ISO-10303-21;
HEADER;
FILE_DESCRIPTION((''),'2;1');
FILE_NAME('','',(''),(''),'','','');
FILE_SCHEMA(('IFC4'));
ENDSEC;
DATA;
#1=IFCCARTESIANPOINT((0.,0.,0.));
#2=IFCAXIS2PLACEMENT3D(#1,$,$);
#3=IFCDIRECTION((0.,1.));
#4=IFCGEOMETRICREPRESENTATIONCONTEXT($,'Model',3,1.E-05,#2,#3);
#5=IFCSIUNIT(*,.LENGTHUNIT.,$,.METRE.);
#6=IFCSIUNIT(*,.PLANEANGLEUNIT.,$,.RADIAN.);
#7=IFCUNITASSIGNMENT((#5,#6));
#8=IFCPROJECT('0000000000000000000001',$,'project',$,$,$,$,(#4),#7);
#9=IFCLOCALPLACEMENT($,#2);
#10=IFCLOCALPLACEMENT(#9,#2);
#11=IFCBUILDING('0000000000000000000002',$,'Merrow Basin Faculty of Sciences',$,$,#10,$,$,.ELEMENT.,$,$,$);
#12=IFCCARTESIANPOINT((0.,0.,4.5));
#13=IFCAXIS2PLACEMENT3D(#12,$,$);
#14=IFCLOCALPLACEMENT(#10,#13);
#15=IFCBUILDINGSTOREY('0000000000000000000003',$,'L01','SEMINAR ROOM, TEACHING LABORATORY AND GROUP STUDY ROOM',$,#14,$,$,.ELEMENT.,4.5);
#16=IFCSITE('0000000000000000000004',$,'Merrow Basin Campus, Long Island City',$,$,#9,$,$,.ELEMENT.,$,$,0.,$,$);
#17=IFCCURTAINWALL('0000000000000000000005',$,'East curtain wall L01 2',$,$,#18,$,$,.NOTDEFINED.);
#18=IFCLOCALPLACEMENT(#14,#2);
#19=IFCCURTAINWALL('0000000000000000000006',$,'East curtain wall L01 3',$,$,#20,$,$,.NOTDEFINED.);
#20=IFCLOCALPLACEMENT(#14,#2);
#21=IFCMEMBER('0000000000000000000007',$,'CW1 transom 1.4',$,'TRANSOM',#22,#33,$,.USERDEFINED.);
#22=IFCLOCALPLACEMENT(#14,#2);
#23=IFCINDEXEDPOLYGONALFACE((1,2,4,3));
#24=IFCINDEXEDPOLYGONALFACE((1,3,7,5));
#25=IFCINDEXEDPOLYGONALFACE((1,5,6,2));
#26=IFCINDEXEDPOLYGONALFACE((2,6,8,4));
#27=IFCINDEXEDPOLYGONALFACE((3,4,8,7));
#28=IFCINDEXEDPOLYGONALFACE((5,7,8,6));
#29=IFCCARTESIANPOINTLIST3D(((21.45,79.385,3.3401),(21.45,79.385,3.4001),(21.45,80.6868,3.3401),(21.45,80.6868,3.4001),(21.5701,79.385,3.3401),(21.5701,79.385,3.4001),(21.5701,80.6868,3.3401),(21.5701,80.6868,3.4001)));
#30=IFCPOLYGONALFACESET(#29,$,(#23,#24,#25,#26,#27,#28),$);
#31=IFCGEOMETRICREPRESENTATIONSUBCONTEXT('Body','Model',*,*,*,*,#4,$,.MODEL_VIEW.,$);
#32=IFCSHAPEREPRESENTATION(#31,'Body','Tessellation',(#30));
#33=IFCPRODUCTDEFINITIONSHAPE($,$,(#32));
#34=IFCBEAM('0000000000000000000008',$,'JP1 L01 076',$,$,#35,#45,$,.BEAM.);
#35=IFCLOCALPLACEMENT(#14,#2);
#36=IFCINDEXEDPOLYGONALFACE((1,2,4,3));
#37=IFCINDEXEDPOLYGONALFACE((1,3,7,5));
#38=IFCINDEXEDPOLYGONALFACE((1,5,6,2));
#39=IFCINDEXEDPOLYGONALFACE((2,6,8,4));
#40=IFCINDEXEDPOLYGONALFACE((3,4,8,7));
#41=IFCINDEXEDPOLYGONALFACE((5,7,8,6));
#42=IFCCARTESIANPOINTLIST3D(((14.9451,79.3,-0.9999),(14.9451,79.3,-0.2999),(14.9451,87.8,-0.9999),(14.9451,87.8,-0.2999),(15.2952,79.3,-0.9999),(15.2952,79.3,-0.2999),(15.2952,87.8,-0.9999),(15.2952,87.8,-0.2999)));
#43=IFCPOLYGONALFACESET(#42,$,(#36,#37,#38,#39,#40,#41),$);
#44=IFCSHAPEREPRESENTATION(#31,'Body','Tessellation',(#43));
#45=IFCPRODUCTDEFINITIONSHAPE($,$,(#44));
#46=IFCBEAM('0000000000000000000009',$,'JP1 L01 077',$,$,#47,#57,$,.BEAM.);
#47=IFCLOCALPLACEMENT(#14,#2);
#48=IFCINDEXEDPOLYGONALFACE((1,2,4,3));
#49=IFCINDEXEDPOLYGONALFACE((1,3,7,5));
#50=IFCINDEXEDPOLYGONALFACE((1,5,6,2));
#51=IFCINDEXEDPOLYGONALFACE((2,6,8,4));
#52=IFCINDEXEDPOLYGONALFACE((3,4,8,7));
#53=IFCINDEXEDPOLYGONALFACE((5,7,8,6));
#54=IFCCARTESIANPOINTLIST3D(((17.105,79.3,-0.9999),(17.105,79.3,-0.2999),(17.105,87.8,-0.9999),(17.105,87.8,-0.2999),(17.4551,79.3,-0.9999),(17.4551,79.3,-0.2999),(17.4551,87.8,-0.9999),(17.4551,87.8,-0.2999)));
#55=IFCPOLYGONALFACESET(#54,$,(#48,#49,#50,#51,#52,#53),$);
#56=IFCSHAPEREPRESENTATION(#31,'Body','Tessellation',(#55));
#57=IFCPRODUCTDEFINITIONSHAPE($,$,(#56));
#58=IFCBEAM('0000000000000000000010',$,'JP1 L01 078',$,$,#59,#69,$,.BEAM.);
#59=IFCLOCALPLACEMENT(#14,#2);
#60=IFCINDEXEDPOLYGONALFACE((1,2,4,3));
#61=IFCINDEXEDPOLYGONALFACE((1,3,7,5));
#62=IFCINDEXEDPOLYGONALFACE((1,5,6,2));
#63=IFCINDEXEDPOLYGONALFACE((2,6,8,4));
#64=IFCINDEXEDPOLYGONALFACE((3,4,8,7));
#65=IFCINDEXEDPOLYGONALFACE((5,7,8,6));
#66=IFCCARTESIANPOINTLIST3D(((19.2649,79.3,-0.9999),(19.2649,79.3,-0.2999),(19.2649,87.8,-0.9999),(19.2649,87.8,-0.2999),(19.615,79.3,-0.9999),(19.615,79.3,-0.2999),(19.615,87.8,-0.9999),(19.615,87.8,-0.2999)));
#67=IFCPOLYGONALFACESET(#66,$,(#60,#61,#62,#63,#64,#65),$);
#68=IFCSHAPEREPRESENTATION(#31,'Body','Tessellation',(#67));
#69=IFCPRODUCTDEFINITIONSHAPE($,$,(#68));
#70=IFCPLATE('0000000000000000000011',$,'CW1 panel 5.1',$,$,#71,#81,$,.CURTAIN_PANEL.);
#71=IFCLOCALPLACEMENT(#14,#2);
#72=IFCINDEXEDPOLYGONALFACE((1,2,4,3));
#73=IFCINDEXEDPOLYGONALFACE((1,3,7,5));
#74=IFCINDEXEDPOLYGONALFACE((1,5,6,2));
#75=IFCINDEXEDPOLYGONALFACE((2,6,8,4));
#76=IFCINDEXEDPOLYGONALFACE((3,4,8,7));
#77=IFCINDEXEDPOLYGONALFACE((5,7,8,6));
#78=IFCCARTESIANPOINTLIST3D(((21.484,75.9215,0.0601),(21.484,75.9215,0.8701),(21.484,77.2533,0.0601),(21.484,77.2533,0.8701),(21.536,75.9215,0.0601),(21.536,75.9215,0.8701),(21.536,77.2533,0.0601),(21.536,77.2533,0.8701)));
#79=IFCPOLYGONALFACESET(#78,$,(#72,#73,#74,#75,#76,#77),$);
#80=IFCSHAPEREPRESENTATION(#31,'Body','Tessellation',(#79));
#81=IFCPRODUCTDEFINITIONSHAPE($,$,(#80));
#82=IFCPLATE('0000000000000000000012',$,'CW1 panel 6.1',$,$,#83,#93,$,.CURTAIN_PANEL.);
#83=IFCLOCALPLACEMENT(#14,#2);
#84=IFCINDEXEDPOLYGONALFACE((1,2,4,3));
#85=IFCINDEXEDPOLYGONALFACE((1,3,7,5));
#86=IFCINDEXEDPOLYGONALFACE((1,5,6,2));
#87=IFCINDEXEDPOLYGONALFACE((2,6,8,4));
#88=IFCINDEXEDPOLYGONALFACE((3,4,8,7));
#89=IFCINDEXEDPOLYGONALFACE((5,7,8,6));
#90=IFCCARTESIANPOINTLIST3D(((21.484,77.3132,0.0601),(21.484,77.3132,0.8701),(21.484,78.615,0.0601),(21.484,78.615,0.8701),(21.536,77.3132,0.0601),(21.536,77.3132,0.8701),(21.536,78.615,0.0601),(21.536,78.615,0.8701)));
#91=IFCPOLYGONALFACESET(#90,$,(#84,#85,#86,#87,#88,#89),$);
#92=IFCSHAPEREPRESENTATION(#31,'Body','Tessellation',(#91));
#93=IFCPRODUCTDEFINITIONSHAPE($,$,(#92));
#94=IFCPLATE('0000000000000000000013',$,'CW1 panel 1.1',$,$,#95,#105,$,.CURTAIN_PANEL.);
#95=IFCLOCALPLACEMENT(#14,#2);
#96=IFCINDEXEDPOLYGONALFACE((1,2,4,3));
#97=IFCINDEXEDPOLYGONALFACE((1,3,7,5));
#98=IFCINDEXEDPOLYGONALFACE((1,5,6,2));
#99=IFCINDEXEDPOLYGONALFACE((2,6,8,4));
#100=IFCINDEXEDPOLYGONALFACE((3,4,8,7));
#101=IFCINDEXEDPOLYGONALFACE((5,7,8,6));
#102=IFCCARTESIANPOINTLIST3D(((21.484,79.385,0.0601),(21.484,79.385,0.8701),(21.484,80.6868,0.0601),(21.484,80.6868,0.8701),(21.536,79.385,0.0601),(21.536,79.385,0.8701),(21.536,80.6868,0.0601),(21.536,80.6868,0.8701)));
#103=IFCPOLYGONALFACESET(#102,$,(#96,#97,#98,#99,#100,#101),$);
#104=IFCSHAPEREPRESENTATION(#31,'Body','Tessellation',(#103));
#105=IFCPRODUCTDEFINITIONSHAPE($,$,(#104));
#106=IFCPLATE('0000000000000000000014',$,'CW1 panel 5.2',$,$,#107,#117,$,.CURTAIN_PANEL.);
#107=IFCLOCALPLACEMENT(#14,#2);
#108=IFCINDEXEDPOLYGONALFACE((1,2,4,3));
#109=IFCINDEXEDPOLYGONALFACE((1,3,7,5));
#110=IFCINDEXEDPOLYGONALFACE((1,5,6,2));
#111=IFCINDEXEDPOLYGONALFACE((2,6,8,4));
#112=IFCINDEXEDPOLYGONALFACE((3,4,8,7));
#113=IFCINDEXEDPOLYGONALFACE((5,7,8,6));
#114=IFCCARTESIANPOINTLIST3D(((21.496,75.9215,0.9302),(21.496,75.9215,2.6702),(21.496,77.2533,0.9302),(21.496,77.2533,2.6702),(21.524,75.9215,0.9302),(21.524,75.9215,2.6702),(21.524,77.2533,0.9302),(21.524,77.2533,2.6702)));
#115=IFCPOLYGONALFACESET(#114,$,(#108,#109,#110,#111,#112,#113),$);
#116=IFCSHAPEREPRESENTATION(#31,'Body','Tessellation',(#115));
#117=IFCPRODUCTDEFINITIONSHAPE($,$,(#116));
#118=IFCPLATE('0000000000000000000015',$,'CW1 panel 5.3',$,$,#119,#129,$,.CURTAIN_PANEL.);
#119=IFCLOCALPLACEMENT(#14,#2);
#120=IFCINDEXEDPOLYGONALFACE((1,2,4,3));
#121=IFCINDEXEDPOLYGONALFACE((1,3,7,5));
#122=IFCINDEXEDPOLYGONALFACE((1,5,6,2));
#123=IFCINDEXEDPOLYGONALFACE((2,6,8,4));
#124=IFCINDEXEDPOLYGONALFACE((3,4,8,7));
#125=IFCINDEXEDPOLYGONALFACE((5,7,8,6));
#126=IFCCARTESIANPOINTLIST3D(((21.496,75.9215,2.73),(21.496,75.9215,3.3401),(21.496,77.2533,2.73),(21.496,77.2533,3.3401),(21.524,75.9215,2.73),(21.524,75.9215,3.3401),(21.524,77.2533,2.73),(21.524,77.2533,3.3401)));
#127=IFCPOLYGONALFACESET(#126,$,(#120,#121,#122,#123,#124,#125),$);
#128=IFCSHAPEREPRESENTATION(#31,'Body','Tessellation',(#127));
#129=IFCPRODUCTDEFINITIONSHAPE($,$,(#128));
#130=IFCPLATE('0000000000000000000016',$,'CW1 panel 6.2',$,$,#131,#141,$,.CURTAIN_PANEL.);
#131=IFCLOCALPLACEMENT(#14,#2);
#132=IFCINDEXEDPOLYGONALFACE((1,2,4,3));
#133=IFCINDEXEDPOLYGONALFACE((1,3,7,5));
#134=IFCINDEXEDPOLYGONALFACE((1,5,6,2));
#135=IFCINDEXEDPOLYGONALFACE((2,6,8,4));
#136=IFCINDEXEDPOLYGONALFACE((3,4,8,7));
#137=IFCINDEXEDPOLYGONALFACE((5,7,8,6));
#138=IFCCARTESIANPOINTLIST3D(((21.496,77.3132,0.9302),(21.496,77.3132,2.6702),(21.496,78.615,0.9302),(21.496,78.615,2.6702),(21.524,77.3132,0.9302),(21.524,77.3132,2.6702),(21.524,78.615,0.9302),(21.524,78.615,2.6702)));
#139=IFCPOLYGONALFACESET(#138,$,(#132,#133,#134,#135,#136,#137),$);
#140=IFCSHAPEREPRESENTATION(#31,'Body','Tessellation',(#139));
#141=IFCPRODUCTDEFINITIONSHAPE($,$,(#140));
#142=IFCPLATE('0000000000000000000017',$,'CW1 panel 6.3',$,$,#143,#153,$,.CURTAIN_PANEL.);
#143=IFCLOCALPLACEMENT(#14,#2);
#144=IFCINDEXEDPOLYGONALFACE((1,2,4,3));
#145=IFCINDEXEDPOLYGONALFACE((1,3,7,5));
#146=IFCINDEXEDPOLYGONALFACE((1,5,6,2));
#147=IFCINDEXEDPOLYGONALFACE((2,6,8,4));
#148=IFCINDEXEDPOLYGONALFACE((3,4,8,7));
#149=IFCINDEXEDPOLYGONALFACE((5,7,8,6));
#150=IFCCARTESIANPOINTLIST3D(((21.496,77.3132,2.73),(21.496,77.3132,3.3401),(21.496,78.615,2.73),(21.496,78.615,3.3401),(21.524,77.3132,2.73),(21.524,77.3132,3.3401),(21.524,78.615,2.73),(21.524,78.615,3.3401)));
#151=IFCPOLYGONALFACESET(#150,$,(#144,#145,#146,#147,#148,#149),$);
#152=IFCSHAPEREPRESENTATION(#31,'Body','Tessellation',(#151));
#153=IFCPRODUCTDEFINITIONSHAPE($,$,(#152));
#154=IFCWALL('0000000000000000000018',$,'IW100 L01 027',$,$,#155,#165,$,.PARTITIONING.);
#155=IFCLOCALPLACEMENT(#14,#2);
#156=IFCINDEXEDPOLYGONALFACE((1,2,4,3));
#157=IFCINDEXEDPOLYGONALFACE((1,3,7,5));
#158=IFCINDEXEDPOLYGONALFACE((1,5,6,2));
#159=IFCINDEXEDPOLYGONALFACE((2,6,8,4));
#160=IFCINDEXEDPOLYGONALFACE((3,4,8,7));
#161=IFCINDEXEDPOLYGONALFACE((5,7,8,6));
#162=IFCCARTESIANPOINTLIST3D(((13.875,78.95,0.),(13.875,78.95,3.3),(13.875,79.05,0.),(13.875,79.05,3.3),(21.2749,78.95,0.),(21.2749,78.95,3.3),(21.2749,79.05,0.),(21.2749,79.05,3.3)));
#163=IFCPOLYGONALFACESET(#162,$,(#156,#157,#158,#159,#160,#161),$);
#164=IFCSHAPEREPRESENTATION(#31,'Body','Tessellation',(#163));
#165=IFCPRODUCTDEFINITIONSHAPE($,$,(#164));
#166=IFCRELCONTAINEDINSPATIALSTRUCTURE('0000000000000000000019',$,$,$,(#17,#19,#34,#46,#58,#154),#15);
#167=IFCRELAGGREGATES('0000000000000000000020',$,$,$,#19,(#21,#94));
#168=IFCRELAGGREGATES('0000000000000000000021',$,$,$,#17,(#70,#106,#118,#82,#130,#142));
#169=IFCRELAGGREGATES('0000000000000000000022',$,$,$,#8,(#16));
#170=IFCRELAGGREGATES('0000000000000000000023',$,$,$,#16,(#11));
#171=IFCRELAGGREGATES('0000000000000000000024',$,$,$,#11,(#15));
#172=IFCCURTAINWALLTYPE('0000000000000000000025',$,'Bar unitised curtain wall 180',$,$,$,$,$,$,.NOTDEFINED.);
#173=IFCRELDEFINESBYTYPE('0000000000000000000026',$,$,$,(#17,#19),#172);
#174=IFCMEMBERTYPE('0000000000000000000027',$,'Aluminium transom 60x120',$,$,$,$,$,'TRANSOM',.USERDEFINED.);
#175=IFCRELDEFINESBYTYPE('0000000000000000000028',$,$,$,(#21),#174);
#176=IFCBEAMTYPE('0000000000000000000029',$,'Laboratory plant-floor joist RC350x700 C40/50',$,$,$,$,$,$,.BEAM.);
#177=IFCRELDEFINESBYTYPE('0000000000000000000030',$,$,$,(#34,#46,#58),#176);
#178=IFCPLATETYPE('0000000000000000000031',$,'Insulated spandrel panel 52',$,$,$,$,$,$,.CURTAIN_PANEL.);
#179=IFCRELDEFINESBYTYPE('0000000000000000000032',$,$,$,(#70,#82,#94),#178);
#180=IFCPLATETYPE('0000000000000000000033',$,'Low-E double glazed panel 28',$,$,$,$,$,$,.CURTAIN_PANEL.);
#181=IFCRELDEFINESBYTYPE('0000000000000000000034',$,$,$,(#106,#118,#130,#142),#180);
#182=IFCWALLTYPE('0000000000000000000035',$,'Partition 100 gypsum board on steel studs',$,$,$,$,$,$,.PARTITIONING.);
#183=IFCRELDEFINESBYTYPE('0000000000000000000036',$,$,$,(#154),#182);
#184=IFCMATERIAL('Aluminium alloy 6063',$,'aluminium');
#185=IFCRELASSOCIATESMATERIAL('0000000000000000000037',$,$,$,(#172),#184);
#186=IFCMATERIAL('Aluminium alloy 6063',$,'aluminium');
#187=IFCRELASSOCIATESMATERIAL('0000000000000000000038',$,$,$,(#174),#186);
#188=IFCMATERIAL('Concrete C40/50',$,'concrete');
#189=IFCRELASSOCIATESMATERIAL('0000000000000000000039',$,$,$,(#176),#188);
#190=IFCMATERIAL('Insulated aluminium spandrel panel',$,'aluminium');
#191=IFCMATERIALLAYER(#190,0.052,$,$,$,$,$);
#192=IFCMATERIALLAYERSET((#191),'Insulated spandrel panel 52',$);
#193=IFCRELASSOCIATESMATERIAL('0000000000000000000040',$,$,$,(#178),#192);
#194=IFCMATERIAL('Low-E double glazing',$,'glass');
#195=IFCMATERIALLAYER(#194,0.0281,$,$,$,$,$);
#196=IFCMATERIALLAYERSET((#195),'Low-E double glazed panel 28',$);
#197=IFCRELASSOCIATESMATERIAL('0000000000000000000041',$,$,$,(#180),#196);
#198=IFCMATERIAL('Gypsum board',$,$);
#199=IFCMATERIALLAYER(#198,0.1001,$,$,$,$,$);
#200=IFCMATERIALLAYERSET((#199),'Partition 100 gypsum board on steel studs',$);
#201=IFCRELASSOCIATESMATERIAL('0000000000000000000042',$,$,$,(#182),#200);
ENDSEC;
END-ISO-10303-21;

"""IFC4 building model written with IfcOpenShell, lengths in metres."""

from ifc_helpers import new_model, si_unit, direction, frame, frame_2d, origin, origin_2d, place, context, subcontext, project, spatial, rectangle, extrude, material, layer, layer_set, material_profile, profile_set, type_object, element, aggregate, save


model = new_model("IFC4")

# Units and contexts
model_context = context("Model", 3, precision=1e-05, world=origin(), true_north=direction((0.0, 1.0)))
body_context = subcontext(model_context, "Body", "Model", "MODEL_VIEW")
ifc_project = project(units=[si_unit("LENGTHUNIT", "METRE"), si_unit("PLANEANGLEUNIT", "RADIAN")], contexts=[model_context])

# Site, building, storey
site_placement = place(None, origin())
site = spatial("IfcSite", under=ifc_project, at=site_placement, Name="Merrow Basin Campus, Long Island City", CompositionType="ELEMENT", RefElevation=0.0)
building_placement = place(site_placement, origin())
building = spatial("IfcBuilding", under=site, at=building_placement, Name="Merrow Basin Faculty of Sciences", CompositionType="ELEMENT")
storey_placement = place(building_placement, frame((0.0, 0.0, 4.5)))
storey = spatial("IfcBuildingStorey", under=building, at=storey_placement, Name="L01", Description="SEMINAR ROOM, TEACHING LABORATORY AND GROUP STUDY ROOM", CompositionType="ELEMENT", Elevation=4.5)

# Curtain wall
ifc_material_1 = material(Name="Aluminium alloy 6063", Category="aluminium")
curtain_wall_type = type_object("IfcCurtainWallType", Name="Bar unitised curtain wall 180", PredefinedType="NOTDEFINED", material=ifc_material_1)
curtain_wall_1_placement = place(storey_placement, origin())
curtain_wall_1 = element("IfcCurtainWall", 1, at=curtain_wall_1_placement, inside=storey, type_object=curtain_wall_type, Name="East curtain wall L01 2", PredefinedType="NOTDEFINED")

# Curtain wall
curtain_wall_2_placement = place(storey_placement, origin())
curtain_wall_2 = element("IfcCurtainWall", 2, at=curtain_wall_2_placement, inside=storey, type_object=curtain_wall_type, Name="East curtain wall L01 3", PredefinedType="NOTDEFINED")

# Member
ifc_material_2 = material(Name="Aluminium alloy 6063", Category="aluminium")
ifc_material_profile_1 = material_profile(ifc_material_2, rectangle(XDim=0.1201, YDim=0.0601, at=origin_2d()))
ifc_profile_set_1 = profile_set([ifc_material_profile_1], Name="Aluminium alloy 6063")
member_type_1 = type_object("IfcMemberType", Name="Aluminium transom 60x120", ElementType="TRANSOM", PredefinedType="USERDEFINED", material=ifc_profile_set_1)
member_1_placement = place(storey_placement, frame((21.51, 79.385, 3.3701), z_axis=(0.0, 1.0, 0.0), x_axis=(-1.0, 0.0, 0.0)))
member_1 = element("IfcMember", 3, at=member_1_placement, type_object=member_type_1, Name="CW1 transom 1.4", ObjectType="TRANSOM", PredefinedType="USERDEFINED", context=body_context, shape_type="SweptSolid", body=[
    extrude(rectangle(XDim=0.1201, YDim=0.0601, at=origin_2d()), origin(), (0.0, 0.0, 1.0), 1.3018),
])

# Beams
ifc_material_3 = material(Name="Concrete C40/50", Category="concrete")
ifc_material_profile_2 = material_profile(ifc_material_3, rectangle(XDim=0.3501, YDim=0.7, at=origin_2d()))
ifc_profile_set_2 = profile_set([ifc_material_profile_2], Name="Concrete C40/50")
beam_type = type_object("IfcBeamType", Name="Laboratory plant-floor joist RC350x700 C40/50", PredefinedType="BEAM", material=ifc_profile_set_2)
for number, where, z_axis, x_axis, name in (
    (4, (15.1201, 79.3, -0.6499), (0.0, 1.0, 0.0), (-1.0, 0.0, 0.0), "JP1 L01 076"),
    (5, (17.28, 79.3, -0.6499), (0.0, 1.0, 0.0), (-1.0, 0.0, 0.0), "JP1 L01 077"),
    (6, (19.4399, 79.3, -0.6499), (0.0, 1.0, 0.0), (-1.0, 0.0, 0.0), "JP1 L01 078"),
):
    element("IfcBeam", number, at=place(storey_placement, frame(where, z_axis=z_axis, x_axis=x_axis)), inside=storey, type_object=beam_type, Name=name, PredefinedType="BEAM", context=body_context, shape_type="SweptSolid", body=[
        extrude(rectangle(XDim=0.3501, YDim=0.7, at=origin_2d()), origin(), (0.0, 0.0, 1.0), 8.5),
    ])

# Plates
ifc_material_4 = material(Name="Insulated aluminium spandrel panel", Category="aluminium")
ifc_layer_1 = layer(ifc_material_4, 0.052)
ifc_layer_set_1 = layer_set([ifc_layer_1], Name="Insulated spandrel panel 52")
plate_type_1 = type_object("IfcPlateType", Name="Insulated spandrel panel 52", PredefinedType="CURTAIN_PANEL", material=ifc_layer_set_1)
plate_1_placement = place(storey_placement, frame((21.51, 76.5874, 0.0601), z_axis=(0.0, 0.0, 1.0), x_axis=(0.0, 1.0, 0.0)))
plate_1 = element("IfcPlate", 7, at=plate_1_placement, type_object=plate_type_1, Name="CW1 panel 5.1", PredefinedType="CURTAIN_PANEL", context=body_context, shape_type="SweptSolid", body=[
    extrude(rectangle(XDim=1.3318, YDim=0.052, at=origin_2d()), origin(), (0.0, 0.0, 1.0), 0.8101),
])
plate_2_placement = place(storey_placement, frame((21.51, 77.9641, 0.0601), z_axis=(0.0, 0.0, 1.0), x_axis=(0.0, 1.0, 0.0)))
plate_2 = element("IfcPlate", 8, at=plate_2_placement, type_object=plate_type_1, Name="CW1 panel 6.1", PredefinedType="CURTAIN_PANEL", context=body_context, shape_type="SweptSolid", body=[
    extrude(rectangle(XDim=1.3018, YDim=0.052, at=origin_2d()), origin(), (0.0, 0.0, 1.0), 0.8101),
])
plate_3_placement = place(storey_placement, frame((21.51, 80.0359, 0.0601), z_axis=(0.0, 0.0, 1.0), x_axis=(0.0, 1.0, 0.0)))
plate_3 = element("IfcPlate", 9, at=plate_3_placement, type_object=plate_type_1, Name="CW1 panel 1.1", PredefinedType="CURTAIN_PANEL", context=body_context, shape_type="SweptSolid", body=[
    extrude(rectangle(XDim=1.3018, YDim=0.052, at=origin_2d()), origin(), (0.0, 0.0, 1.0), 0.8101),
])
aggregate(curtain_wall_2, [member_1, plate_3])
ifc_material_5 = material(Name="Low-E double glazing", Category="glass")
ifc_layer_2 = layer(ifc_material_5, 0.0281)
ifc_layer_set_2 = layer_set([ifc_layer_2], Name="Low-E double glazed panel 28")
plate_type_2 = type_object("IfcPlateType", Name="Low-E double glazed panel 28", PredefinedType="CURTAIN_PANEL", material=ifc_layer_set_2)
plate_4_placement = place(storey_placement, frame((21.51, 76.5874, 0.9302), z_axis=(0.0, 0.0, 1.0), x_axis=(0.0, 1.0, 0.0)))
plate_4 = element("IfcPlate", 10, at=plate_4_placement, type_object=plate_type_2, Name="CW1 panel 5.2", PredefinedType="CURTAIN_PANEL", context=body_context, shape_type="SweptSolid", body=[
    extrude(rectangle(XDim=1.3318, YDim=0.0281, at=origin_2d()), origin(), (0.0, 0.0, 1.0), 1.74),
])
plate_5_placement = place(storey_placement, frame((21.51, 76.5874, 2.73), z_axis=(0.0, 0.0, 1.0), x_axis=(0.0, 1.0, 0.0)))
plate_5 = element("IfcPlate", 11, at=plate_5_placement, type_object=plate_type_2, Name="CW1 panel 5.3", PredefinedType="CURTAIN_PANEL", context=body_context, shape_type="SweptSolid", body=[
    extrude(rectangle(XDim=1.3318, YDim=0.0281, at=origin_2d()), origin(), (0.0, 0.0, 1.0), 0.6101),
])
plate_6_placement = place(storey_placement, frame((21.51, 77.9641, 0.9302), z_axis=(0.0, 0.0, 1.0), x_axis=(0.0, 1.0, 0.0)))
plate_6 = element("IfcPlate", 12, at=plate_6_placement, type_object=plate_type_2, Name="CW1 panel 6.2", PredefinedType="CURTAIN_PANEL", context=body_context, shape_type="SweptSolid", body=[
    extrude(rectangle(XDim=1.3018, YDim=0.0281, at=origin_2d()), origin(), (0.0, 0.0, 1.0), 1.74),
])
plate_7_placement = place(storey_placement, frame((21.51, 77.9641, 2.73), z_axis=(0.0, 0.0, 1.0), x_axis=(0.0, 1.0, 0.0)))
plate_7 = element("IfcPlate", 13, at=plate_7_placement, type_object=plate_type_2, Name="CW1 panel 6.3", PredefinedType="CURTAIN_PANEL", context=body_context, shape_type="SweptSolid", body=[
    extrude(rectangle(XDim=1.3018, YDim=0.0281, at=origin_2d()), origin(), (0.0, 0.0, 1.0), 0.6101),
])
aggregate(curtain_wall_1, [plate_1, plate_4, plate_5, plate_2, plate_6, plate_7])

# Wall
ifc_material_6 = material(Name="Gypsum board")
ifc_layer_3 = layer(ifc_material_6, 0.1001)
ifc_layer_set_3 = layer_set([ifc_layer_3], Name="Partition 100 gypsum board on steel studs")
wall_type = type_object("IfcWallType", Name="Partition 100 gypsum board on steel studs", PredefinedType="PARTITIONING", material=ifc_layer_set_3)
wall_placement = place(storey_placement, frame((13.875, 79.0, 0.0), z_axis=(0.0, 0.0, 1.0), x_axis=(1.0, 0.0, 0.0)))
element("IfcWall", 14, at=wall_placement, inside=storey, type_object=wall_type, Name="IW100 L01 027", PredefinedType="PARTITIONING", context=body_context, shape_type="SweptSolid", body=[
    extrude(rectangle(XDim=7.3999, YDim=0.1001, at=frame_2d((3.7, 0.0))), origin(), (0.0, 0.0, 1.0), 3.3),
])

save(model, "model.ifc")
